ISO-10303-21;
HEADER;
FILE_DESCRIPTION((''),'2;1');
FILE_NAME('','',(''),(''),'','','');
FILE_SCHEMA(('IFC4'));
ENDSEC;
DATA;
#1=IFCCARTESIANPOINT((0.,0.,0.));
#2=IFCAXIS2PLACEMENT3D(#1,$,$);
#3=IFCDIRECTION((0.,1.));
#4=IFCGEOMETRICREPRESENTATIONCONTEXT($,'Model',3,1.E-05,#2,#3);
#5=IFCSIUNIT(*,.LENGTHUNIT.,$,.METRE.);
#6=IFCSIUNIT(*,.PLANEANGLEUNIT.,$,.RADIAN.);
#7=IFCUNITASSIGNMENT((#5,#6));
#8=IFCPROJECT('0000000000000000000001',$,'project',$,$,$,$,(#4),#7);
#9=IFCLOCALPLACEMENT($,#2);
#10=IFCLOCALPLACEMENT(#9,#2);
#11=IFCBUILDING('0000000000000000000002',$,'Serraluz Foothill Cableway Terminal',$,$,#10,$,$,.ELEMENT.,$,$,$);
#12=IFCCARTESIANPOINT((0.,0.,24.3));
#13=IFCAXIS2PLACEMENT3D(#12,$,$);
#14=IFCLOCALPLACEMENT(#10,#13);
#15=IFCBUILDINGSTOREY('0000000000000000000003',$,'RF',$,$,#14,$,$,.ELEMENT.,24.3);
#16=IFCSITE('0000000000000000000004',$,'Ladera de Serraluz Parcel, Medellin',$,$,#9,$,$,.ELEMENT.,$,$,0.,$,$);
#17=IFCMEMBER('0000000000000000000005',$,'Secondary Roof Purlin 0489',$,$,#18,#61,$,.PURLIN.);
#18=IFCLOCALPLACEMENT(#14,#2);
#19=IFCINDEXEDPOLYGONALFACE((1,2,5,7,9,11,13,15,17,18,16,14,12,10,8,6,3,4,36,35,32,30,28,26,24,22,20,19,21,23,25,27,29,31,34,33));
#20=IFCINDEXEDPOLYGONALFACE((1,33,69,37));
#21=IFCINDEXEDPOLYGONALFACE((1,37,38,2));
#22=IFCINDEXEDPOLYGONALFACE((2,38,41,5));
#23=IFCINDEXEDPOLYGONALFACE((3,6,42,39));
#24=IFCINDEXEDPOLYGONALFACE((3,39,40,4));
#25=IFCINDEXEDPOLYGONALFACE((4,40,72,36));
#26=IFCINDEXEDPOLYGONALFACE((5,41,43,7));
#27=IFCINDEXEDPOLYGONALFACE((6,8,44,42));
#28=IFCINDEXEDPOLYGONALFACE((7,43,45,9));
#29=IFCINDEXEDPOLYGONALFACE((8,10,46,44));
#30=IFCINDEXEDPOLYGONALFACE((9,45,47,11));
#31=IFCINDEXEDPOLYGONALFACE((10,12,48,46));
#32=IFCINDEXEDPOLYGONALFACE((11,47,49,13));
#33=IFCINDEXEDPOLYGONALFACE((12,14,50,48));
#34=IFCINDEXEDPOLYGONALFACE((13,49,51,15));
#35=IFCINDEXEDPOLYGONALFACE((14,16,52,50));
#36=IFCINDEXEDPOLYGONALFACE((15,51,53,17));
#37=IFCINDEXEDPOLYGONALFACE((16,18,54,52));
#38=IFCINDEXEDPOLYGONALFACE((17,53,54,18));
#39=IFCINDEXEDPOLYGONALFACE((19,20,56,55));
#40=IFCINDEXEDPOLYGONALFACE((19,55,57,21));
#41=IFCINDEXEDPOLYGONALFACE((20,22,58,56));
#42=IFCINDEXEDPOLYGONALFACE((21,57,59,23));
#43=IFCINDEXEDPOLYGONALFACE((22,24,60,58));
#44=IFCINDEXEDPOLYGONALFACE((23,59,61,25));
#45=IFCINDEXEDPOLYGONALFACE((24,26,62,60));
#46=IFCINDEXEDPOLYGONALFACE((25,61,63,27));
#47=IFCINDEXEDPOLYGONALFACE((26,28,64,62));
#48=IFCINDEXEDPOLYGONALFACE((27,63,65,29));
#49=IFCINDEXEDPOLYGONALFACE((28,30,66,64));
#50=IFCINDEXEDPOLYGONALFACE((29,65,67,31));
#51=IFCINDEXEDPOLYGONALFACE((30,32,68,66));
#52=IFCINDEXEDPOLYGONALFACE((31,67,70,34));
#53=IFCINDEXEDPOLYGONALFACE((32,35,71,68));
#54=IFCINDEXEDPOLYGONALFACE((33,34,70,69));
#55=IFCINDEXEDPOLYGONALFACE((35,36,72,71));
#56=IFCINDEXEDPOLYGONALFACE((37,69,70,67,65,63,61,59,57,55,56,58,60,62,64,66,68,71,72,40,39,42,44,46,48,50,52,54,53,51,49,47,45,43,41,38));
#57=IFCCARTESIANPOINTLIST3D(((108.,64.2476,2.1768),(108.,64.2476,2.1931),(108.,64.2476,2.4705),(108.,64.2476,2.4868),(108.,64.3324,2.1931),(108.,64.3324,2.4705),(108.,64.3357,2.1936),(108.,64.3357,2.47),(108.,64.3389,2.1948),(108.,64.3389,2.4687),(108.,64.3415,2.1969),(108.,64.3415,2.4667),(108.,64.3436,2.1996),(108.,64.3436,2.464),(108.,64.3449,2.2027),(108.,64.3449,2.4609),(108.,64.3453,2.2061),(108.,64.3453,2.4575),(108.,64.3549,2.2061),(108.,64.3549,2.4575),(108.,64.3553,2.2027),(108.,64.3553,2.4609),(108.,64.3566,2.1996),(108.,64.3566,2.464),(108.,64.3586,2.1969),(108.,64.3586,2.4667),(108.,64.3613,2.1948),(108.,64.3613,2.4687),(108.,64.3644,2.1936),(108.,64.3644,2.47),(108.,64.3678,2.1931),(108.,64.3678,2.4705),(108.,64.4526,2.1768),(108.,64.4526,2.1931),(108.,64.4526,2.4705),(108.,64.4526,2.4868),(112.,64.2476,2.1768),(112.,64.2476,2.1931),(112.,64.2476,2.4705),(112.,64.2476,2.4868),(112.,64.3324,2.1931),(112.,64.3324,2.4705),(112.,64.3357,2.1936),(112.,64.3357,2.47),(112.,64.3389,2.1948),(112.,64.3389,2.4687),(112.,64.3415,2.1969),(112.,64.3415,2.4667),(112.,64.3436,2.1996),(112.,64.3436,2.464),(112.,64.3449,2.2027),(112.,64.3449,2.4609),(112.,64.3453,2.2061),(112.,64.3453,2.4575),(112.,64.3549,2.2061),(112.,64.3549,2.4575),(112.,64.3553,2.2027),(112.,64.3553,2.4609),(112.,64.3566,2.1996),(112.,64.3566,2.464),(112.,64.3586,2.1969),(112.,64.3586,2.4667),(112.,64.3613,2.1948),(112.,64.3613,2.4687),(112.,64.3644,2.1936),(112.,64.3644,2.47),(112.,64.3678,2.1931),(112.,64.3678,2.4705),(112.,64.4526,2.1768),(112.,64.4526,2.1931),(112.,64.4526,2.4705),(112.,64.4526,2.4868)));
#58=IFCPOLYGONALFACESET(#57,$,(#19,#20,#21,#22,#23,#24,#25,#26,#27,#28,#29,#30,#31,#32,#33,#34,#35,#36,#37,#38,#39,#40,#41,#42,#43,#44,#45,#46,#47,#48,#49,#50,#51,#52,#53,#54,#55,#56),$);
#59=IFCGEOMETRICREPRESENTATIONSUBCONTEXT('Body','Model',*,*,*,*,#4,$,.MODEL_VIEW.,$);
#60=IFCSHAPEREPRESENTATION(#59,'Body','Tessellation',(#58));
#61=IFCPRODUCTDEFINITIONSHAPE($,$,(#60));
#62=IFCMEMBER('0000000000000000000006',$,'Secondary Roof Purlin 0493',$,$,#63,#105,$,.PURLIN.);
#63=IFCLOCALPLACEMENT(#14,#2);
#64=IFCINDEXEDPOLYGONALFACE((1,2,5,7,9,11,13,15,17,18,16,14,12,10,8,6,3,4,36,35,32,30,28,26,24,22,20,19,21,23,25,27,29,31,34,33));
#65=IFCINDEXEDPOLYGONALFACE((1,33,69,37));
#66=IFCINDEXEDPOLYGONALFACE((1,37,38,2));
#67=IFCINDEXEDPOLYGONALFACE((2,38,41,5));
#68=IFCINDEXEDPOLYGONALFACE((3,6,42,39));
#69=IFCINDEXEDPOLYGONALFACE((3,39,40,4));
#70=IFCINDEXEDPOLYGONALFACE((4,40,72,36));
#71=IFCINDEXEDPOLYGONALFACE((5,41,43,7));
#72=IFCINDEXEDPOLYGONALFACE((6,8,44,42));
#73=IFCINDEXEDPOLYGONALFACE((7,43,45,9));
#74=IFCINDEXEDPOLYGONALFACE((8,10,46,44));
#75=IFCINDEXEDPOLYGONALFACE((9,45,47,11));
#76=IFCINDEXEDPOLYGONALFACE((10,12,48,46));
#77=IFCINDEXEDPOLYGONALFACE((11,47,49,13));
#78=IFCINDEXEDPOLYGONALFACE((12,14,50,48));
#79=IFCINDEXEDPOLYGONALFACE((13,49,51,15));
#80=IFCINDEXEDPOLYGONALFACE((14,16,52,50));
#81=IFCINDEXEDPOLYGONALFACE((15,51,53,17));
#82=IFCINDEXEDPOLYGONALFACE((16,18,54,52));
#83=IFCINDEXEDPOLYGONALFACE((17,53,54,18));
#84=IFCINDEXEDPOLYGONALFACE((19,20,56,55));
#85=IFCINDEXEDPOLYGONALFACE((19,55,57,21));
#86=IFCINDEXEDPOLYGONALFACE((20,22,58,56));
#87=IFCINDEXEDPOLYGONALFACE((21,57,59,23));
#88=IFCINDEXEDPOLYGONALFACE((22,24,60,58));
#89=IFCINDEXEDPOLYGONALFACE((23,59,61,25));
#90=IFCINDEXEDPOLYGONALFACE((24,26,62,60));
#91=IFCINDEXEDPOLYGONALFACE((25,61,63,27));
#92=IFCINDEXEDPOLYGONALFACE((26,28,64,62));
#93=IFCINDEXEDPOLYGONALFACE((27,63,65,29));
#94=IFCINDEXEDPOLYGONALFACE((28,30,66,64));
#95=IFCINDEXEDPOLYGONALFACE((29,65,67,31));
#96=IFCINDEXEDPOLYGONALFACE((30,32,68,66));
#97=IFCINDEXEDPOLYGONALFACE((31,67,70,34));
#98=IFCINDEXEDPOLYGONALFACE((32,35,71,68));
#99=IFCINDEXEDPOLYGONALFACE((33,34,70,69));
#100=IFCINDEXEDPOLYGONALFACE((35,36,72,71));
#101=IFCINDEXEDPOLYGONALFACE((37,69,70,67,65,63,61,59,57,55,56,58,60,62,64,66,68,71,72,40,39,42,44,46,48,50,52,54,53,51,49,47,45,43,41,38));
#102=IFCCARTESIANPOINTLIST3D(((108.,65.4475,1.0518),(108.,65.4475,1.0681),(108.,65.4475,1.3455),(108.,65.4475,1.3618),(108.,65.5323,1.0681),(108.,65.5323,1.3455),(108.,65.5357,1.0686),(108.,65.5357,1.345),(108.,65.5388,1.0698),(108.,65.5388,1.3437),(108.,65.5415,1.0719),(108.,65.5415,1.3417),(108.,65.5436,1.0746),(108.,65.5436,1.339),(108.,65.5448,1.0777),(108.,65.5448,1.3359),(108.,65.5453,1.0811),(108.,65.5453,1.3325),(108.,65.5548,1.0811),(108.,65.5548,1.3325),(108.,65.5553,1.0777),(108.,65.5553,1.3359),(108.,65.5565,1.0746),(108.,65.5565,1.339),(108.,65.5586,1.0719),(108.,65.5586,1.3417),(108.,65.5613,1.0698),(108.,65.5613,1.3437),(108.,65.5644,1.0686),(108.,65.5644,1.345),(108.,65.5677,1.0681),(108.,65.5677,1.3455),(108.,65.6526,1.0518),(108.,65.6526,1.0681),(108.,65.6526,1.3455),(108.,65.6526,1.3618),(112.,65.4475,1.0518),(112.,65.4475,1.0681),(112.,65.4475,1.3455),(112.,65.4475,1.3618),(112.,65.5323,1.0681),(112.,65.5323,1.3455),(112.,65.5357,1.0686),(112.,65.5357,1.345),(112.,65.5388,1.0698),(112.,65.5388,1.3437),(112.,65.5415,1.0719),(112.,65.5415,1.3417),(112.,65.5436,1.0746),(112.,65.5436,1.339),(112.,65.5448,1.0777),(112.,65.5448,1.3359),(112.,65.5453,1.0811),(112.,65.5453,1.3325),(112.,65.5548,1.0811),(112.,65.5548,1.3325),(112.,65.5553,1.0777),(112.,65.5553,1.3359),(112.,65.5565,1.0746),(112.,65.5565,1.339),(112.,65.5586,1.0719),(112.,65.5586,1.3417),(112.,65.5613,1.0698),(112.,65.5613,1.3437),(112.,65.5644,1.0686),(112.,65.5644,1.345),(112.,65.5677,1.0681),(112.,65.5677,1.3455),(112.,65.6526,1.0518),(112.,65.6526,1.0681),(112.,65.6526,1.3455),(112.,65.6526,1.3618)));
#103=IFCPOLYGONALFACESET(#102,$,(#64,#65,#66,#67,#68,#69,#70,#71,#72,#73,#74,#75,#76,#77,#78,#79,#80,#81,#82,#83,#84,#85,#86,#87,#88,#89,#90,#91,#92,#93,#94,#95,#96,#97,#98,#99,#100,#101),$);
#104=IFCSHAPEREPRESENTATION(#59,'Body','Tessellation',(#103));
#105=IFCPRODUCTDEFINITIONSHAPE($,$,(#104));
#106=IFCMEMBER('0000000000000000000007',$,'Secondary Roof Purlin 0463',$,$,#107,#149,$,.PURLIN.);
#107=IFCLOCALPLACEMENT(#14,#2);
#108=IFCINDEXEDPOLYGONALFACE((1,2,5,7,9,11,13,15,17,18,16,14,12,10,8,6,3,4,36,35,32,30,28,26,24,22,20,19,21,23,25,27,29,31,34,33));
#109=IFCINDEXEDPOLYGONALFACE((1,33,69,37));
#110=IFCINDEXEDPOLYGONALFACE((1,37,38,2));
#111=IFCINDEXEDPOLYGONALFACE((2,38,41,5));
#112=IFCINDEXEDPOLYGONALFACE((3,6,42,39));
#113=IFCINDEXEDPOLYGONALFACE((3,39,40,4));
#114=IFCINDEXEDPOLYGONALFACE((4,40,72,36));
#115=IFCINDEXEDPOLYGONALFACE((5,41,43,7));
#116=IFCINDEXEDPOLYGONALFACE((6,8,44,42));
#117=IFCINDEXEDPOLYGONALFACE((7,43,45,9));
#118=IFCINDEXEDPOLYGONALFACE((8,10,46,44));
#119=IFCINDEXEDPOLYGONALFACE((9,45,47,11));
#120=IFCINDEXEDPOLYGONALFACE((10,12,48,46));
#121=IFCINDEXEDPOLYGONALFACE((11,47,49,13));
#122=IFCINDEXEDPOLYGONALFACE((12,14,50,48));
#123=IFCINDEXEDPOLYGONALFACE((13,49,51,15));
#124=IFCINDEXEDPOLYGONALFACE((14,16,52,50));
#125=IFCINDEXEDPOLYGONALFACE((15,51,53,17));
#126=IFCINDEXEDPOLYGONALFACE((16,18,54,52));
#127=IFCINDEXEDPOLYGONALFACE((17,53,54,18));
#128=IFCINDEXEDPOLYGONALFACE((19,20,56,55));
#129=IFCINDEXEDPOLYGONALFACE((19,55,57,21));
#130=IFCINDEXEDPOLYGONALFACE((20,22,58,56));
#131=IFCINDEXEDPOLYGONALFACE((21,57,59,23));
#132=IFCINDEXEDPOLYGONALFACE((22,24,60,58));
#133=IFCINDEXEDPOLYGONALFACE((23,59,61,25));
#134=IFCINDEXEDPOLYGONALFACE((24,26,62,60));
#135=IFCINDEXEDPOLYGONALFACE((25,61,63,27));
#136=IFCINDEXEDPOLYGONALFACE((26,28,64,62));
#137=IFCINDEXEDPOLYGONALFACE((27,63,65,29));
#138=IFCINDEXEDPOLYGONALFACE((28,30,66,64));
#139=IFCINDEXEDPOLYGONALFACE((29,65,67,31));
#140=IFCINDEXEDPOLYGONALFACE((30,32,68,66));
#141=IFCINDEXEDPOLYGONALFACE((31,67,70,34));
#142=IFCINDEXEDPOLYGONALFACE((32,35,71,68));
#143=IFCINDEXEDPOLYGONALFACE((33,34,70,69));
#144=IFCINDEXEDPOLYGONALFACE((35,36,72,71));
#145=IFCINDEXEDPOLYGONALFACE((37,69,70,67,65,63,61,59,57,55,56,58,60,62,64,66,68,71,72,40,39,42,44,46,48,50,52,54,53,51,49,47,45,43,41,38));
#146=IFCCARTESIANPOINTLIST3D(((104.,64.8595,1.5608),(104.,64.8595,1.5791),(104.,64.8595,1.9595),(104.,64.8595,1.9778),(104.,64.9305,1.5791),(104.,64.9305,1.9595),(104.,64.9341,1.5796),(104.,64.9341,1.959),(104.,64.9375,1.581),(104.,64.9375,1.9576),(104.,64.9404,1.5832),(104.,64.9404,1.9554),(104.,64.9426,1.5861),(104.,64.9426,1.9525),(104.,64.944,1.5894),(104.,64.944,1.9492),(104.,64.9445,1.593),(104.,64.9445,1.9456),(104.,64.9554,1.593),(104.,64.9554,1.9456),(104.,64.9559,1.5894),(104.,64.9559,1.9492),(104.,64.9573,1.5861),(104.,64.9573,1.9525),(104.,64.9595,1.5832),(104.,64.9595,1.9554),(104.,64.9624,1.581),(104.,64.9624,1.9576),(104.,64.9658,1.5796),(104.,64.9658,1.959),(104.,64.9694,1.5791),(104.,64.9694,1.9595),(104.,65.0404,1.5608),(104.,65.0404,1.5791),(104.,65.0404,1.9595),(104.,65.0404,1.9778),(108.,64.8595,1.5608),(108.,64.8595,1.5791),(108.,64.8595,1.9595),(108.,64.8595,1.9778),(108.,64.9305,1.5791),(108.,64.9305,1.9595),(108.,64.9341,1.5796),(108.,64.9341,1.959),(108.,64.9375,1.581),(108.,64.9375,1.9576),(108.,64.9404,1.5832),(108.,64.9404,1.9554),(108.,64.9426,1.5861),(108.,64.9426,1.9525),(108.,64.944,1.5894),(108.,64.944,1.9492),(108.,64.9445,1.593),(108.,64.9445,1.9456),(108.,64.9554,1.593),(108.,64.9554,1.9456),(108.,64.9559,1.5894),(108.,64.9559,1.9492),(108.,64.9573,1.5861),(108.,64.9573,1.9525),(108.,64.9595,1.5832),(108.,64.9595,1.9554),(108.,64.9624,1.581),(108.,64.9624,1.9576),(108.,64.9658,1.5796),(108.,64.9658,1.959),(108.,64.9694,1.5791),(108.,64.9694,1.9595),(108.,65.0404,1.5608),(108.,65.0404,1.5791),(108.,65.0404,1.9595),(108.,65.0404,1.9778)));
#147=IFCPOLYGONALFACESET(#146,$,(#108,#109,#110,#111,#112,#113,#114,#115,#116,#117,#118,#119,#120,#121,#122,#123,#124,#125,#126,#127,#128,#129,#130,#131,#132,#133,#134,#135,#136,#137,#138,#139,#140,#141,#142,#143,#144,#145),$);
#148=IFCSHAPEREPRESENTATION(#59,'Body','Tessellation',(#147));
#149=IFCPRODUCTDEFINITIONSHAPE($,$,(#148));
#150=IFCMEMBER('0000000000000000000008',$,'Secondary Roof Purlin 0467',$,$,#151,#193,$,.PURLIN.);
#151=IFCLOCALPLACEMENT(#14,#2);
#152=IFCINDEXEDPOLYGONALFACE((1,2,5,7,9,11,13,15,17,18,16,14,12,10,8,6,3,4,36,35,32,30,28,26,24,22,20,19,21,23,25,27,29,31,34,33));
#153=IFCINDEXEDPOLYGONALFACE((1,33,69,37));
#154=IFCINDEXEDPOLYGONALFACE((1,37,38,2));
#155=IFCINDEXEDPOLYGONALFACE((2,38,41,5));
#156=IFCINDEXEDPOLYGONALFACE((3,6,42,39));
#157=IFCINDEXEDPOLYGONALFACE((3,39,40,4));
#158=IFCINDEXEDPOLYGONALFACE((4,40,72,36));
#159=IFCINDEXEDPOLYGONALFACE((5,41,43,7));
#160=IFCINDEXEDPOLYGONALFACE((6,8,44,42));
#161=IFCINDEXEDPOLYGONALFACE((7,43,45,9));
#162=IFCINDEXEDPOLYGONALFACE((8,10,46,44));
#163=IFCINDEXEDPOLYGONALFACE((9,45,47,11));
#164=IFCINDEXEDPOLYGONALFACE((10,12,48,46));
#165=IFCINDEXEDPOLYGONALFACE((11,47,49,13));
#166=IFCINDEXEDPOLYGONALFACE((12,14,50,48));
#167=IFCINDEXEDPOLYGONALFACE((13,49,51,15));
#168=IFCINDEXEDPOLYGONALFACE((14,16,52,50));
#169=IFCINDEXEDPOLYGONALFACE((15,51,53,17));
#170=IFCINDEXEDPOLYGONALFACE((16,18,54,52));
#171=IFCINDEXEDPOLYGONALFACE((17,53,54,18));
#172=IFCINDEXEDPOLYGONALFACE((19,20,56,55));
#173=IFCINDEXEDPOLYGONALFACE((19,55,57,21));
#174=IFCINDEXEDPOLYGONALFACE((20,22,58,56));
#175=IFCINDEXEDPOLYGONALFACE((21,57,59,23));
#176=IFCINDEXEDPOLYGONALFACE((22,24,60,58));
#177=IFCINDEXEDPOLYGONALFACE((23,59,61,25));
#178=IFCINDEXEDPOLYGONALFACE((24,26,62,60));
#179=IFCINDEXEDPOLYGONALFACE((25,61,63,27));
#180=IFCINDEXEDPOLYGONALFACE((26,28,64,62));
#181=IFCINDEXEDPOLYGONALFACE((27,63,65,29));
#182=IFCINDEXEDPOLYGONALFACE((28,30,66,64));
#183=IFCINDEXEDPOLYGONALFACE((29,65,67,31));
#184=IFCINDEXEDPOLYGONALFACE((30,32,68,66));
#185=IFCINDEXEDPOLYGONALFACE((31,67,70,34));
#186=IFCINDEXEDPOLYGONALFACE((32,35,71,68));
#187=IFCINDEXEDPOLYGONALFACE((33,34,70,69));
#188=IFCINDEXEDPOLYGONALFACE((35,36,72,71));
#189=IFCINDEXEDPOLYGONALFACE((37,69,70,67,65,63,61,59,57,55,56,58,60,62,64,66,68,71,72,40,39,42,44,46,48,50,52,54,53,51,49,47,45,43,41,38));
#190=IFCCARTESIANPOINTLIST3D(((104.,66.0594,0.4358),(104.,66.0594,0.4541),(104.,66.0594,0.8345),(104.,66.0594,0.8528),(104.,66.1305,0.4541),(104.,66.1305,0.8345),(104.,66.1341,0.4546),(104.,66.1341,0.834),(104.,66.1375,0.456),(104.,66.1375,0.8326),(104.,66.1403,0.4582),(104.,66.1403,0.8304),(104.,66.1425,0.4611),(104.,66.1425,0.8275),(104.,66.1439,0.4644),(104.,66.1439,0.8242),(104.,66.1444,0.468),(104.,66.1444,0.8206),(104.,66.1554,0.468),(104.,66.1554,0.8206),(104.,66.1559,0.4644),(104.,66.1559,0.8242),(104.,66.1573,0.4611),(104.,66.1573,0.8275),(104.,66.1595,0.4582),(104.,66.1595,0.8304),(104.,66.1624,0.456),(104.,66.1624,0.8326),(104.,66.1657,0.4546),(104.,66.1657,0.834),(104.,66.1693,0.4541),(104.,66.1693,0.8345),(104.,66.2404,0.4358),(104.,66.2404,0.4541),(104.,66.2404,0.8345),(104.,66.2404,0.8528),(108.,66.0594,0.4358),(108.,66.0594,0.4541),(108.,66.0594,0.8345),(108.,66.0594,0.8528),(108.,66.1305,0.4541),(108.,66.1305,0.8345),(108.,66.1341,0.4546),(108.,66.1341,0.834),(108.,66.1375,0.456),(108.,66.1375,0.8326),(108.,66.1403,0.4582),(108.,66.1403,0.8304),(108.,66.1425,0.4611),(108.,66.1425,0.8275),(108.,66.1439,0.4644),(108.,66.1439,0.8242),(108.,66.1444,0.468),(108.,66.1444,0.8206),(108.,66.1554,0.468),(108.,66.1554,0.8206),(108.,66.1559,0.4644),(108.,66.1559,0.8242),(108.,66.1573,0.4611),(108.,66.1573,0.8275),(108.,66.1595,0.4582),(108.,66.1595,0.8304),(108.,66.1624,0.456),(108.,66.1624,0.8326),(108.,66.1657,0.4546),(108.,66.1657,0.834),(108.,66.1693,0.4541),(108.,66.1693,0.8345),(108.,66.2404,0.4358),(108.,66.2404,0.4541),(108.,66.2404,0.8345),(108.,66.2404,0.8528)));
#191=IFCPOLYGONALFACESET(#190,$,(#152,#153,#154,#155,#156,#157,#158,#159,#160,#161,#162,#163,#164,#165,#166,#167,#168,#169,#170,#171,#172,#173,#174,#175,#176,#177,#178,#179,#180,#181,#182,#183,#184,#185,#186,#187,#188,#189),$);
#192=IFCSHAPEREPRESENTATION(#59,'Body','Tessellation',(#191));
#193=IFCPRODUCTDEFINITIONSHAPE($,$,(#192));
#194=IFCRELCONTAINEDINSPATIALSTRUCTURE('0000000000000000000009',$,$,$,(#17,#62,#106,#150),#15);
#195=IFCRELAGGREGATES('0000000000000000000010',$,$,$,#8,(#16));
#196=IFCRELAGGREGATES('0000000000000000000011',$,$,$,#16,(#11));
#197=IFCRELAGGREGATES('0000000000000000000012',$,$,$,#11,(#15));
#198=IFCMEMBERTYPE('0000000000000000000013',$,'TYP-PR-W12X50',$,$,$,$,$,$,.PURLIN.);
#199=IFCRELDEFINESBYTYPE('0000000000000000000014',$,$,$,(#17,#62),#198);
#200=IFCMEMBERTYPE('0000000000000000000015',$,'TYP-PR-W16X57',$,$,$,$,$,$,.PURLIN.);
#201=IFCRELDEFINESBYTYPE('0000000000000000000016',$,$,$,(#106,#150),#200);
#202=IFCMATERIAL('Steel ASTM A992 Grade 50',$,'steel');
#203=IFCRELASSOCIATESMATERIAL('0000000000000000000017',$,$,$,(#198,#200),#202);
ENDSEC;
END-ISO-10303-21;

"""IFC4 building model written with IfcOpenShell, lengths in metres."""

from ifc_helpers import new_model, si_unit, direction, frame, origin, origin_2d, place, context, subcontext, project, spatial, i_section, extrude, material, material_profile, profile_set, type_object, element, save


model = new_model("IFC4")

# Units and contexts
model_context = context("Model", 3, precision=1e-05, world=origin(), true_north=direction((0.0, 1.0)))
body_context = subcontext(model_context, "Body", "Model", "MODEL_VIEW")
ifc_project = project(units=[si_unit("LENGTHUNIT", "METRE"), si_unit("PLANEANGLEUNIT", "RADIAN")], contexts=[model_context])

# Site, building, storey
site_placement = place(None, origin())
site = spatial("IfcSite", under=ifc_project, at=site_placement, Name="Ladera de Serraluz Parcel, Medellin", CompositionType="ELEMENT", RefElevation=0.0)
building_placement = place(site_placement, origin())
building = spatial("IfcBuilding", under=site, at=building_placement, Name="Serraluz Foothill Cableway Terminal", CompositionType="ELEMENT")
storey_placement = place(building_placement, frame((0.0, 0.0, 24.3)))
storey = spatial("IfcBuildingStorey", under=building, at=storey_placement, Name="RF", CompositionType="ELEMENT", Elevation=24.3)

# Members
ifc_material_1 = material(Name="Steel ASTM A992 Grade 50", Category="steel")
ifc_material_profile_1 = material_profile(ifc_material_1, i_section(OverallWidth=0.2051, OverallDepth=0.3101, WebThickness=0.0095, FlangeThickness=0.0164, FilletRadius=0.0129, at=origin_2d()), Name="W12X50")
ifc_profile_set_1 = profile_set([ifc_material_profile_1], Name="Steel ASTM A992 Grade 50")
member_type_1 = type_object("IfcMemberType", Name="TYP-PR-W12X50", PredefinedType="PURLIN", material=ifc_profile_set_1)
for number, where, z_axis, x_axis, name in (
    (1, (108.0, 64.3501, 2.3318), (1.0, 0.0, 0.0), (0.0, 1.0, 0.0), "Secondary Roof Purlin 0489"),
    (2, (108.0, 65.55, 1.2068), (1.0, 0.0, 0.0), (0.0, 1.0, 0.0), "Secondary Roof Purlin 0493"),
):
    element("IfcMember", number, at=place(storey_placement, frame(where, z_axis=z_axis, x_axis=x_axis)), inside=storey, type_object=member_type_1, Name=name, PredefinedType="PURLIN", context=body_context, shape_type="SweptSolid", body=[
        extrude(i_section(OverallWidth=0.2051, OverallDepth=0.3101, WebThickness=0.0095, FlangeThickness=0.0164, FilletRadius=0.0129, at=origin_2d()), origin(), (0.0, 0.0, 1.0), 4.0),
    ])
ifc_material_profile_2 = material_profile(ifc_material_1, i_section(OverallWidth=0.1809, OverallDepth=0.417, WebThickness=0.011, FlangeThickness=0.0183, FilletRadius=0.0139, at=origin_2d()), Name="W16X57")
ifc_profile_set_2 = profile_set([ifc_material_profile_2], Name="Steel ASTM A992 Grade 50")
member_type_2 = type_object("IfcMemberType", Name="TYP-PR-W16X57", PredefinedType="PURLIN", material=ifc_profile_set_2)
for number, where, z_axis, x_axis, name in (
    (3, (104.0, 64.95, 1.7693), (1.0, 0.0, 0.0), (0.0, 1.0, 0.0), "Secondary Roof Purlin 0463"),
    (4, (104.0, 66.1499, 0.6443), (1.0, 0.0, 0.0), (0.0, 1.0, 0.0), "Secondary Roof Purlin 0467"),
):
    element("IfcMember", number, at=place(storey_placement, frame(where, z_axis=z_axis, x_axis=x_axis)), inside=storey, type_object=member_type_2, Name=name, PredefinedType="PURLIN", context=body_context, shape_type="SweptSolid", body=[
        extrude(i_section(OverallWidth=0.1809, OverallDepth=0.417, WebThickness=0.011, FlangeThickness=0.0183, FilletRadius=0.0139, at=origin_2d()), origin(), (0.0, 0.0, 1.0), 4.0),
    ])

save(model, "model.ifc")
